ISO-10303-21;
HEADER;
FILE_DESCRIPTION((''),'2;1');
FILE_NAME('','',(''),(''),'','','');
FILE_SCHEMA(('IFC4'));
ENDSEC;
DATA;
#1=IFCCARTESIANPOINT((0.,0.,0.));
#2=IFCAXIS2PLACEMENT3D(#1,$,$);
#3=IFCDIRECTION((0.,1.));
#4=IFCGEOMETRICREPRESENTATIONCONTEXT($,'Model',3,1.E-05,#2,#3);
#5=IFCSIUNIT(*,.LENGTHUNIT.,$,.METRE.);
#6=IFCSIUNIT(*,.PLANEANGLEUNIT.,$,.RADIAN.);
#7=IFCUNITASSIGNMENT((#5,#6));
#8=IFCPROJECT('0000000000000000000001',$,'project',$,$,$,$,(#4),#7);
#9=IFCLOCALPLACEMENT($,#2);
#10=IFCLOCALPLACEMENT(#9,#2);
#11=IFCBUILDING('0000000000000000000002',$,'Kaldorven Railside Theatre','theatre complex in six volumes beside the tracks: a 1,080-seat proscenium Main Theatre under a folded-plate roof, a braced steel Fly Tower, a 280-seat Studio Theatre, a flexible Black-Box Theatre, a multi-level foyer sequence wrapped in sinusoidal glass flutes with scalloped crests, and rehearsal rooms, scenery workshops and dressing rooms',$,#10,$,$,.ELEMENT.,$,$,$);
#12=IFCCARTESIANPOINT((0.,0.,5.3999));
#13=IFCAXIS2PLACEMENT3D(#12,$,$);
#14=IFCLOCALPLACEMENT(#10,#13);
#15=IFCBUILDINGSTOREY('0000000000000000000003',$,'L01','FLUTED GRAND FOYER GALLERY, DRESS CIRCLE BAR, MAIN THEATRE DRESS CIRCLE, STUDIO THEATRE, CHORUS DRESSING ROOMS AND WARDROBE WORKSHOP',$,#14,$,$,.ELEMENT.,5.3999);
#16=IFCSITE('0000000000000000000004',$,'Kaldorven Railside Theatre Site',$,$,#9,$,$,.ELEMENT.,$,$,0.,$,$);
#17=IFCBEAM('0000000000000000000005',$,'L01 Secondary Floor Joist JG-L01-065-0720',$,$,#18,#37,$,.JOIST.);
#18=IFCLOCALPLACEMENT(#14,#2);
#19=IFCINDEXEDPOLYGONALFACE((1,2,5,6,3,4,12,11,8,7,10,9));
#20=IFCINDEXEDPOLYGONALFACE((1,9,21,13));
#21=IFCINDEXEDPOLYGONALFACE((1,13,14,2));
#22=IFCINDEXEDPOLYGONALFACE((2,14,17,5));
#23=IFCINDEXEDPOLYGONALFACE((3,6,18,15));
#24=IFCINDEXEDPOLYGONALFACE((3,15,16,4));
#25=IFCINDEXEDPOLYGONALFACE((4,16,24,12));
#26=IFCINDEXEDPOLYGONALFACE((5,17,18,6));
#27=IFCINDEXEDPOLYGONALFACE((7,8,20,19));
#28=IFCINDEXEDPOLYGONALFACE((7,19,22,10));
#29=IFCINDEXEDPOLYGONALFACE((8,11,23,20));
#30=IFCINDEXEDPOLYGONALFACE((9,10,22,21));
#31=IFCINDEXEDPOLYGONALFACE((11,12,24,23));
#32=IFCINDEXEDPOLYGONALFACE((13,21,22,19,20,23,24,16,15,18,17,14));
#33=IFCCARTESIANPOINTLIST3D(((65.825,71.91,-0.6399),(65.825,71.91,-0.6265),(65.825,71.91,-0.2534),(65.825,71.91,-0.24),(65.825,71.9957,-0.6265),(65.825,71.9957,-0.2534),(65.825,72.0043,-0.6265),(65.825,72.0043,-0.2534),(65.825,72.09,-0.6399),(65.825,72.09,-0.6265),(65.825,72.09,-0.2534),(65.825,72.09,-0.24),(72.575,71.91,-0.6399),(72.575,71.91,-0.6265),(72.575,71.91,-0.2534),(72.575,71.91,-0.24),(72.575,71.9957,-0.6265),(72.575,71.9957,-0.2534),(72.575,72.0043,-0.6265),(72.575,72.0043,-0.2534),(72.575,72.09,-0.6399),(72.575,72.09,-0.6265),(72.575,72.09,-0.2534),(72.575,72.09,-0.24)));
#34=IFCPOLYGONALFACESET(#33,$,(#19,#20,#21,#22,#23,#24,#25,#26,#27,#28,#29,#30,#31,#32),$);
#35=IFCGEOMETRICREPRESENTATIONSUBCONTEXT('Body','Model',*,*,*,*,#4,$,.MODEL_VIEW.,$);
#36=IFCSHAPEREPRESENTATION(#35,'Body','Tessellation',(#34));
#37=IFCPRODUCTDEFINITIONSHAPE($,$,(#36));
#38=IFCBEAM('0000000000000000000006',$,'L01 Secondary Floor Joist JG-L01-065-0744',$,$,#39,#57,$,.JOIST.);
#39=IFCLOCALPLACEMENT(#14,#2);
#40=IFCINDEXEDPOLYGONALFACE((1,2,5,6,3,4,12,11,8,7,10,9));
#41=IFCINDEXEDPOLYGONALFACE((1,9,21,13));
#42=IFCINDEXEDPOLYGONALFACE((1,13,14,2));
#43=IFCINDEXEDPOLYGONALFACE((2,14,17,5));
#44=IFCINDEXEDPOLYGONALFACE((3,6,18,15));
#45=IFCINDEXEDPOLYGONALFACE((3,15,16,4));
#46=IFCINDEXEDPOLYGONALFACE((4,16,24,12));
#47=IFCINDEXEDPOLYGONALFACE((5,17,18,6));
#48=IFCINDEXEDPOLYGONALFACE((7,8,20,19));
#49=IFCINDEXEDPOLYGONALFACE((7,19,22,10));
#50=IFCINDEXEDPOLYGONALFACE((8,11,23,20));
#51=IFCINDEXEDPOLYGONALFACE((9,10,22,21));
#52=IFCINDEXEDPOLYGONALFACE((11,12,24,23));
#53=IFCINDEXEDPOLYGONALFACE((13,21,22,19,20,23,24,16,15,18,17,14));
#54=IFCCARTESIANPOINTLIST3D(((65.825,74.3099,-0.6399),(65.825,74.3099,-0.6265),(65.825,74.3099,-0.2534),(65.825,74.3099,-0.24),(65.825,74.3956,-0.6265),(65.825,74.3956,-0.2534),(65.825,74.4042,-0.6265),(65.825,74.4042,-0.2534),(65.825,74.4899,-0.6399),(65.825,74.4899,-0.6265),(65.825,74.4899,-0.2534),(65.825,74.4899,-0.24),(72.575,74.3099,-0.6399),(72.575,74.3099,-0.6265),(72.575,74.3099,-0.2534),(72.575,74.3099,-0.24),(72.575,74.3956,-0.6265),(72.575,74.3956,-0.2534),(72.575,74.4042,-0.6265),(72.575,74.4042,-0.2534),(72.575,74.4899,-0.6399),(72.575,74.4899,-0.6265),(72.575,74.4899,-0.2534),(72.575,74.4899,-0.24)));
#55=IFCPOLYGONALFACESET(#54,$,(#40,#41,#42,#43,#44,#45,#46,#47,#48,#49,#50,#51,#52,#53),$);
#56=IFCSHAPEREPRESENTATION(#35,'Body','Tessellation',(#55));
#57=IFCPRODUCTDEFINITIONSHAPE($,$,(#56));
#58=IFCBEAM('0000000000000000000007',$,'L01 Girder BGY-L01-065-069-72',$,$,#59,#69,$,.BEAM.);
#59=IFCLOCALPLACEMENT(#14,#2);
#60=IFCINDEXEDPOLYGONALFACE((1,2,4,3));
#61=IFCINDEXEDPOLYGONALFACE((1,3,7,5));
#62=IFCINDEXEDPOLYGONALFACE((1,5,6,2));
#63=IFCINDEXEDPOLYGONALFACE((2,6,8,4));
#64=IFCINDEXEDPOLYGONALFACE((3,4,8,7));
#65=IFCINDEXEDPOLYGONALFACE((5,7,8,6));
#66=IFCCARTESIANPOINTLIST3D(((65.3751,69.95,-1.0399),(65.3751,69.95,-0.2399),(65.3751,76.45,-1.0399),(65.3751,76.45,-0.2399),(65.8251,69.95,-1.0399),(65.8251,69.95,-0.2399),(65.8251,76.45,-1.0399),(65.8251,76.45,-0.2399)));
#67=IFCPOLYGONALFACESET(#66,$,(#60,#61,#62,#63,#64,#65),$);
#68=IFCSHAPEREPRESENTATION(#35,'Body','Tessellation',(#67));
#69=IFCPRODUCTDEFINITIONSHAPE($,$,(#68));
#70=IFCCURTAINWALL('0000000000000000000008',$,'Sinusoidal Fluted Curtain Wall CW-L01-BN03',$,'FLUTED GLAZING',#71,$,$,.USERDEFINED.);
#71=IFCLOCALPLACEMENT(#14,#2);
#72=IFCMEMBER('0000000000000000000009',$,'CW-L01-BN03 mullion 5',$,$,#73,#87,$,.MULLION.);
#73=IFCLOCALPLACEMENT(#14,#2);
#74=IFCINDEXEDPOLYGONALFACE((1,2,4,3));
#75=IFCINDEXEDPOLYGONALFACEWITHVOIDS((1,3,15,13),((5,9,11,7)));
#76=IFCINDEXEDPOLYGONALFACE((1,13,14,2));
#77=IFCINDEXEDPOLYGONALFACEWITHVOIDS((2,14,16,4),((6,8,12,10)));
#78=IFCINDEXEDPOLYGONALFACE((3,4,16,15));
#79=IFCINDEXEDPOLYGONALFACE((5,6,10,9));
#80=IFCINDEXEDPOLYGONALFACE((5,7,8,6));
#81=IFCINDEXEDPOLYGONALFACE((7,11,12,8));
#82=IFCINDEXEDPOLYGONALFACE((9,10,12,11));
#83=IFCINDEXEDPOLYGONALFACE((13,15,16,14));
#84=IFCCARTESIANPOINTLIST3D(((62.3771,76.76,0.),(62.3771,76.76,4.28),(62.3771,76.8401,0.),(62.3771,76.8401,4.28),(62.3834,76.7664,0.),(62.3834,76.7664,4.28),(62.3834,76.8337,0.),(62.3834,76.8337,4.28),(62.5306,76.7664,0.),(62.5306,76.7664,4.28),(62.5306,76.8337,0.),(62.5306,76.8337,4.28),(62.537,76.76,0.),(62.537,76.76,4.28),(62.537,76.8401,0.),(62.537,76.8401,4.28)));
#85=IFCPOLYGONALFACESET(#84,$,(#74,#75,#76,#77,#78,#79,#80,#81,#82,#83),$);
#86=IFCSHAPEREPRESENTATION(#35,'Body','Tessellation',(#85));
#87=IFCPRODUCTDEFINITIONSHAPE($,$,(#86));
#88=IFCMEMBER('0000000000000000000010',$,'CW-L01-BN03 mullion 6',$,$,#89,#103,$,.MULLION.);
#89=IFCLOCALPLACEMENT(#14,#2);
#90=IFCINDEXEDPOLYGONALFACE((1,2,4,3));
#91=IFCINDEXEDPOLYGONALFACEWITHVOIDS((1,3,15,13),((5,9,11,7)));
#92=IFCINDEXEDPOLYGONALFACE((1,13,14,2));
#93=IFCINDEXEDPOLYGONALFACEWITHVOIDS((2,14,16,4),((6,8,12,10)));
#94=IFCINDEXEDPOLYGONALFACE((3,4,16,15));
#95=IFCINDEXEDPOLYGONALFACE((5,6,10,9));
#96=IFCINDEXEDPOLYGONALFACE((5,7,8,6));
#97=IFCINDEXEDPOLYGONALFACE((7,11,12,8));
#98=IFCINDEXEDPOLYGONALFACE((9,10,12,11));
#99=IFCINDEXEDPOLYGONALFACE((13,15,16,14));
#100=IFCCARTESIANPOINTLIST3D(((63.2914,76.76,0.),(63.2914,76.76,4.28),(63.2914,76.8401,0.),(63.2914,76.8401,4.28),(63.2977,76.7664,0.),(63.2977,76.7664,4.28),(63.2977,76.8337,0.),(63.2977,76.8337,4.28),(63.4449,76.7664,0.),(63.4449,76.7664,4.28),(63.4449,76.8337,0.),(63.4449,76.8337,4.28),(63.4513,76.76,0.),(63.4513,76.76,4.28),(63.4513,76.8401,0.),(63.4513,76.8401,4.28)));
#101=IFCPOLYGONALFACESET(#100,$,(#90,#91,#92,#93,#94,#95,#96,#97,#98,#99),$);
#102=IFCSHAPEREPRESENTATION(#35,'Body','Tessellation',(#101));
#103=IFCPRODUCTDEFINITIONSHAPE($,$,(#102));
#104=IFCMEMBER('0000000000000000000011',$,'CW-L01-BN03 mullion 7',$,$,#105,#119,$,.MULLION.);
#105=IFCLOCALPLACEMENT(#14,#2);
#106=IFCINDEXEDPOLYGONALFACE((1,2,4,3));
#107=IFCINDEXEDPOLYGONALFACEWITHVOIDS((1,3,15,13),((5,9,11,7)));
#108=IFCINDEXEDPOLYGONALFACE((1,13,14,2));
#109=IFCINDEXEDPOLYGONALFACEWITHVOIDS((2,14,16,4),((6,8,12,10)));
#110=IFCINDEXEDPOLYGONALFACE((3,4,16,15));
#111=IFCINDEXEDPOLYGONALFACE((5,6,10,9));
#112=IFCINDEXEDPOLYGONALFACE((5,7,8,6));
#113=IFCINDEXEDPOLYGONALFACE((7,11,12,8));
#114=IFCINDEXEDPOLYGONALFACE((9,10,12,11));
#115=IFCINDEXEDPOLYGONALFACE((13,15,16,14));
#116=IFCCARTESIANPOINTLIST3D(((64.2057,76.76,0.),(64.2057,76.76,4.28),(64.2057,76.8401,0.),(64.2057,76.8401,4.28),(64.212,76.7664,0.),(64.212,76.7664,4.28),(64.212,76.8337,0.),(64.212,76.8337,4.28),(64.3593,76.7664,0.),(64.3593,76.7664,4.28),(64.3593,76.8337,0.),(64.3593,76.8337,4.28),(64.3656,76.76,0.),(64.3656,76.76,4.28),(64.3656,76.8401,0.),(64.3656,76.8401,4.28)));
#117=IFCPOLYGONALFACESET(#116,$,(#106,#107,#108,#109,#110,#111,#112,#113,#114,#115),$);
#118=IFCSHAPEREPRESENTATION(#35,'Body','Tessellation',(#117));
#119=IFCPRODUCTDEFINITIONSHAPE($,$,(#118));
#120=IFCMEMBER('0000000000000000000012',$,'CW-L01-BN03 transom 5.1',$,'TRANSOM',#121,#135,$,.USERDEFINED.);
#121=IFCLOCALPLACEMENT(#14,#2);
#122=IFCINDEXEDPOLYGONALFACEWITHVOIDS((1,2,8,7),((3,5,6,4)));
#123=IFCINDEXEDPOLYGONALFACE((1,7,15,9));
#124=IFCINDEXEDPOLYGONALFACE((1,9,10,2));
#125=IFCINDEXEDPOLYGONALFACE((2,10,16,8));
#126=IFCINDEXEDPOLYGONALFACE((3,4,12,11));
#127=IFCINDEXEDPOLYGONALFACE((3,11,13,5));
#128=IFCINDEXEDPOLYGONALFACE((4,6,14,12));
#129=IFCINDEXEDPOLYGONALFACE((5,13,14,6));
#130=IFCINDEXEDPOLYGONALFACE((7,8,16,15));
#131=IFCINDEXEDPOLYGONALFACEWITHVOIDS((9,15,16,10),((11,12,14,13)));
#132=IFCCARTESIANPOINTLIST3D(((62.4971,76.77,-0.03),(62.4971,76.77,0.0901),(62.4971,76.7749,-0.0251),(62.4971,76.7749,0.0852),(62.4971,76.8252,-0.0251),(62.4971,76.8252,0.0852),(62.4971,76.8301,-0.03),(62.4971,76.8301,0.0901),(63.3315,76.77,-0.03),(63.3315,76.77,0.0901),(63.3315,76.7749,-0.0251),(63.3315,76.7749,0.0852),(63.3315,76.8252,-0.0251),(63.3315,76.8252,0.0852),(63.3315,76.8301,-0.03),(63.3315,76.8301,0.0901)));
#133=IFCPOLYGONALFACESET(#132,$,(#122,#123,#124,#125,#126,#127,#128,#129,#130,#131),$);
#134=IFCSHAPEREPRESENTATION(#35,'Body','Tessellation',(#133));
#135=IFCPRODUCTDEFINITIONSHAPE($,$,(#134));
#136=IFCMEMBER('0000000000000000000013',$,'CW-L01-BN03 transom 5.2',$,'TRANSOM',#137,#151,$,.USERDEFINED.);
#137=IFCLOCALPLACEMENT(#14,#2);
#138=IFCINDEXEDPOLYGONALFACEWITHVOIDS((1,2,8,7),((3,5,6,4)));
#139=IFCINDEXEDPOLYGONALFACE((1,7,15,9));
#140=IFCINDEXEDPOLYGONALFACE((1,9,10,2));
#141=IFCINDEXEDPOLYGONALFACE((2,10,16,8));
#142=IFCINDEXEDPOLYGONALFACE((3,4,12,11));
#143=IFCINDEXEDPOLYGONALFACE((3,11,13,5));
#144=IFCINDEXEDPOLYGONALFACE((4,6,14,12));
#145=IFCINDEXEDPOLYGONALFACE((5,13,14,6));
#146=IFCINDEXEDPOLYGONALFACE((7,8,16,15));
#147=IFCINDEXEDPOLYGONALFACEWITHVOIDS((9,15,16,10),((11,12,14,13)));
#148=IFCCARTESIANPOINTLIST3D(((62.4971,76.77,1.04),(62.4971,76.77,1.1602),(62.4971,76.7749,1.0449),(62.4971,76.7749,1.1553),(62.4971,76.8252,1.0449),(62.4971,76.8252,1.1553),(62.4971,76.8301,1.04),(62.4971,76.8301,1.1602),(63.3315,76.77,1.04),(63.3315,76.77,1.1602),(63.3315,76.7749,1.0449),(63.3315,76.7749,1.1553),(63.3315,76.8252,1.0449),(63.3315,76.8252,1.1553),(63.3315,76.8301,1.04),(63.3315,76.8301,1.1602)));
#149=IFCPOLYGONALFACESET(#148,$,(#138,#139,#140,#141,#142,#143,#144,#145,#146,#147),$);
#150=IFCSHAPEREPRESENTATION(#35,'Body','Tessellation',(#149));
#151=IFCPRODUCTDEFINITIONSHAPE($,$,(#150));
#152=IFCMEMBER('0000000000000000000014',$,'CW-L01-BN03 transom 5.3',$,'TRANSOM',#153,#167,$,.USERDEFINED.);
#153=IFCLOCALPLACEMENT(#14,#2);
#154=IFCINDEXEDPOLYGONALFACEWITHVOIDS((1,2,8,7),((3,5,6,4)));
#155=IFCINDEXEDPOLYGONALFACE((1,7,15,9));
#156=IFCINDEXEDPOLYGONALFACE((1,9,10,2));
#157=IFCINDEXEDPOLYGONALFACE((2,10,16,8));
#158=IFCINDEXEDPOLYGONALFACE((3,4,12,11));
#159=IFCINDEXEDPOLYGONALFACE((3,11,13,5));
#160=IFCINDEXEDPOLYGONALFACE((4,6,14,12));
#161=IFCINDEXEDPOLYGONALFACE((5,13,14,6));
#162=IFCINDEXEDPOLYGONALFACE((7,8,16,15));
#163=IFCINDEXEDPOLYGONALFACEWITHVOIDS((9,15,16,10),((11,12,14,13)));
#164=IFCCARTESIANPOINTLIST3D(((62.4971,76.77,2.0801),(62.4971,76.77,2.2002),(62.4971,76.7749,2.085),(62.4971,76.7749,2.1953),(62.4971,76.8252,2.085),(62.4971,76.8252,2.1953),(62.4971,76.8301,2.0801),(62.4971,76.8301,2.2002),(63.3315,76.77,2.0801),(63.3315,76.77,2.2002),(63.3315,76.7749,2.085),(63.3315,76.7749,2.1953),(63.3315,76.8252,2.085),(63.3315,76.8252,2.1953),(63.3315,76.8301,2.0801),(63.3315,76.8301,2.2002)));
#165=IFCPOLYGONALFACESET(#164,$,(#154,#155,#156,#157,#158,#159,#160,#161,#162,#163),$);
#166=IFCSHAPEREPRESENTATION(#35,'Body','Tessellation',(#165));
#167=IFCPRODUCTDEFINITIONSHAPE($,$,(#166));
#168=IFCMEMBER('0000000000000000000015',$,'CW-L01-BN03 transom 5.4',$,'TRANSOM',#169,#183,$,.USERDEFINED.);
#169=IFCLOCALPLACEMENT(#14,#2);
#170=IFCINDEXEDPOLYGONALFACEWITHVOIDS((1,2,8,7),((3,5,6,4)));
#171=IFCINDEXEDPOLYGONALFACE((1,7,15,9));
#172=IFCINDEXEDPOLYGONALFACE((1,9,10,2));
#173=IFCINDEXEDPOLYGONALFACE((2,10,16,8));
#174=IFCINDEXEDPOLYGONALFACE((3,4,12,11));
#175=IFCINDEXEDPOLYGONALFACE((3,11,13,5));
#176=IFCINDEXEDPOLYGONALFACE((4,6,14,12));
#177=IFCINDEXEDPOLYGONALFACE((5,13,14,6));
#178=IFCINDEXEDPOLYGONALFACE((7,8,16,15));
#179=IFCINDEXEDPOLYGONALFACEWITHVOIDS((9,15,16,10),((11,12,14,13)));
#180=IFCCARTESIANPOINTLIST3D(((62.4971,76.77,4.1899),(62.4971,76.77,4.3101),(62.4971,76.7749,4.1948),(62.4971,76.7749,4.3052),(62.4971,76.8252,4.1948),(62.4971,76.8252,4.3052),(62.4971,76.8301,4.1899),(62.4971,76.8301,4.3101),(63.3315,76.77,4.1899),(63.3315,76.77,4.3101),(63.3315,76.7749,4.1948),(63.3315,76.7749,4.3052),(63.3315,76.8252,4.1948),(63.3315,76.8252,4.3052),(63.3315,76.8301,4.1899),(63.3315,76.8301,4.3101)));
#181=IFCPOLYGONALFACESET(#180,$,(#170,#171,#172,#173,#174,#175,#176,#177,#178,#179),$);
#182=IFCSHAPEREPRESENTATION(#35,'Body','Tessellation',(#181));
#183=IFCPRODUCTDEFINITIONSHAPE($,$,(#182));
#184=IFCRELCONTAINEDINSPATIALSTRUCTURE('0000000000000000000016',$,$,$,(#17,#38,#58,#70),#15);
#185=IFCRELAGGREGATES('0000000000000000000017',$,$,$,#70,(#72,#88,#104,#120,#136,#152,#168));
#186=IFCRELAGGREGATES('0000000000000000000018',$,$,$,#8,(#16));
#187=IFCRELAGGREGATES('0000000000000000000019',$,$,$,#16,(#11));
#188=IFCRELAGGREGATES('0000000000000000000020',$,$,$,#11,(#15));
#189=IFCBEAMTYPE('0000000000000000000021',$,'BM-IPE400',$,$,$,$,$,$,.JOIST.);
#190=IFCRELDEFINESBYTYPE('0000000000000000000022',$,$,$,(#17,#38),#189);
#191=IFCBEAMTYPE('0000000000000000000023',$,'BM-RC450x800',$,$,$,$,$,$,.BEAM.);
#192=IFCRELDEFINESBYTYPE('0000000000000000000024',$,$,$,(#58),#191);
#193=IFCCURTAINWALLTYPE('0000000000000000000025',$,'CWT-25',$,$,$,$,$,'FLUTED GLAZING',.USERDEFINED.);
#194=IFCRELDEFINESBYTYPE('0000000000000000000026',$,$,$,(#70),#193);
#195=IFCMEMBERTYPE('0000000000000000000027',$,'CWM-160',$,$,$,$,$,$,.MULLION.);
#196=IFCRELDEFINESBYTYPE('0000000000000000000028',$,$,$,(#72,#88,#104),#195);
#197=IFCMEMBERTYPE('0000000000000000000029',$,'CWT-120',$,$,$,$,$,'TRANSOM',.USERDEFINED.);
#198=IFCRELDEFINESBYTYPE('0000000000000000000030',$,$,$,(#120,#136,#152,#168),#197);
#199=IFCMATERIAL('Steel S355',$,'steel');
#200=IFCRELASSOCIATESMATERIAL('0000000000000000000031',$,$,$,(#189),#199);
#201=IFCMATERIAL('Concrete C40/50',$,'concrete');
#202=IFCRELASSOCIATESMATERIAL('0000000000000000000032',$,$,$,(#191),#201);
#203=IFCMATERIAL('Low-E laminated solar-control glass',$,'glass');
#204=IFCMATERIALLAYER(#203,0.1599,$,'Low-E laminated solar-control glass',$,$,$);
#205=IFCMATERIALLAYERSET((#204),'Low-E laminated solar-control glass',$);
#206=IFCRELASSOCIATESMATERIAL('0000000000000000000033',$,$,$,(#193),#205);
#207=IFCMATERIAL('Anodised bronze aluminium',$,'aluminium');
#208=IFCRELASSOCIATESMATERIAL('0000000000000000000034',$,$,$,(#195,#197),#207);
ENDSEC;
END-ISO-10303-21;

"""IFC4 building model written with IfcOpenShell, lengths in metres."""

from ifc_helpers import new_model, si_unit, direction, frame, origin, origin_2d, place, context, subcontext, project, spatial, rectangle, hollow_rectangle, i_section, extrude, material, layer, layer_set, material_profile, profile_set, type_object, element, aggregate, save


model = new_model("IFC4")

# Units and contexts
model_context = context("Model", 3, precision=1e-05, world=origin(), true_north=direction((0.0, 1.0)))
body_context = subcontext(model_context, "Body", "Model", "MODEL_VIEW")
ifc_project = project(units=[si_unit("LENGTHUNIT", "METRE"), si_unit("PLANEANGLEUNIT", "RADIAN")], contexts=[model_context])

# Site, building, storey
site_placement = place(None, origin())
site = spatial("IfcSite", under=ifc_project, at=site_placement, Name="Kaldorven Railside Theatre Site", CompositionType="ELEMENT", RefElevation=0.0)
building_placement = place(site_placement, origin())
building = spatial("IfcBuilding", under=site, at=building_placement, Name="Kaldorven Railside Theatre", Description="theatre complex in six volumes beside the tracks: a 1,080-seat proscenium Main Theatre under a folded-plate roof, a braced steel Fly Tower, a 280-seat Studio Theatre, a flexible Black-Box Theatre, a multi-level foyer sequence wrapped in sinusoidal glass flutes with scalloped crests, and rehearsal rooms, scenery workshops and dressing rooms", CompositionType="ELEMENT")
storey_placement = place(building_placement, frame((0.0, 0.0, 5.3999)))
storey = spatial("IfcBuildingStorey", under=building, at=storey_placement, Name="L01", Description="FLUTED GRAND FOYER GALLERY, DRESS CIRCLE BAR, MAIN THEATRE DRESS CIRCLE, STUDIO THEATRE, CHORUS DRESSING ROOMS AND WARDROBE WORKSHOP", CompositionType="ELEMENT", Elevation=5.3999)

# Beams
ifc_material_1 = material(Name="Steel S355", Category="steel")
ifc_material_profile_1 = material_profile(ifc_material_1, i_section(OverallWidth=0.1799, OverallDepth=0.3999, WebThickness=0.0085, FlangeThickness=0.0134, at=origin_2d()), Name="IPE 400")
ifc_profile_set_1 = profile_set([ifc_material_profile_1], Name="Steel S355")
beam_type_1 = type_object("IfcBeamType", Name="BM-IPE400", PredefinedType="JOIST", material=ifc_profile_set_1)
for number, where, z_axis, x_axis, name in (
    (1, (65.825, 72.0, -0.4399), (1.0, 0.0, 0.0), (0.0, 1.0, 0.0), "L01 Secondary Floor Joist JG-L01-065-0720"),
    (2, (65.825, 74.3999, -0.4399), (1.0, 0.0, 0.0), (0.0, 1.0, 0.0), "L01 Secondary Floor Joist JG-L01-065-0744"),
):
    element("IfcBeam", number, at=place(storey_placement, frame(where, z_axis=z_axis, x_axis=x_axis)), inside=storey, type_object=beam_type_1, Name=name, PredefinedType="JOIST", context=body_context, shape_type="SweptSolid", body=[
        extrude(i_section(OverallWidth=0.1799, OverallDepth=0.3999, WebThickness=0.0085, FlangeThickness=0.0134, at=origin_2d()), origin(), (0.0, 0.0, 1.0), 6.75),
    ])
ifc_material_2 = material(Name="Concrete C40/50", Category="concrete")
ifc_material_profile_2 = material_profile(ifc_material_2, rectangle(XDim=0.45, YDim=0.8, at=origin_2d()), Name="RC 450x800")
ifc_profile_set_2 = profile_set([ifc_material_profile_2], Name="Concrete C40/50")
beam_type_2 = type_object("IfcBeamType", Name="BM-RC450x800", PredefinedType="BEAM", material=ifc_profile_set_2)
beam_placement = place(storey_placement, frame((65.6001, 69.95, -0.6399), z_axis=(0.0, 1.0, 0.0), x_axis=(-1.0, 0.0, 0.0)))
element("IfcBeam", 3, at=beam_placement, inside=storey, type_object=beam_type_2, Name="L01 Girder BGY-L01-065-069-72", PredefinedType="BEAM", context=body_context, shape_type="SweptSolid", body=[
    extrude(rectangle(XDim=0.45, YDim=0.8, at=origin_2d()), origin(), (0.0, 0.0, 1.0), 6.5),
])

# Curtain wall, members
ifc_material_3 = material(Name="Low-E laminated solar-control glass", Category="glass")
ifc_layer_1 = layer(ifc_material_3, 0.1599, Name="Low-E laminated solar-control glass")
ifc_layer_set_1 = layer_set([ifc_layer_1], Name="Low-E laminated solar-control glass")
curtain_wall_type = type_object("IfcCurtainWallType", Name="CWT-25", ElementType="FLUTED GLAZING", PredefinedType="USERDEFINED", material=ifc_layer_set_1)
curtain_wall_placement = place(storey_placement, origin())
curtain_wall = element("IfcCurtainWall", 4, at=curtain_wall_placement, inside=storey, type_object=curtain_wall_type, Name="Sinusoidal Fluted Curtain Wall CW-L01-BN03", ObjectType="FLUTED GLAZING", PredefinedType="USERDEFINED")
ifc_material_4 = material(Name="Anodised bronze aluminium", Category="aluminium")
ifc_material_profile_3 = material_profile(ifc_material_4, hollow_rectangle(XDim=0.0801, YDim=0.1599, WallThickness=0.0063, at=origin_2d()), Name="RHS 160x80x6.3")
ifc_profile_set_3 = profile_set([ifc_material_profile_3], Name="Anodised bronze aluminium")
member_type_1 = type_object("IfcMemberType", Name="CWM-160", PredefinedType="MULLION", material=ifc_profile_set_3)
member_1_placement = place(storey_placement, frame((62.457, 76.8, 0.0), z_axis=(0.0, 0.0, 1.0), x_axis=(0.0, 1.0, 0.0)))
member_1 = element("IfcMember", 5, at=member_1_placement, type_object=member_type_1, Name="CW-L01-BN03 mullion 5", PredefinedType="MULLION", context=body_context, shape_type="SweptSolid", body=[
    extrude(hollow_rectangle(XDim=0.0801, YDim=0.1599, WallThickness=0.0063, at=origin_2d()), origin(), (0.0, 0.0, 1.0), 4.28),
])
member_2_placement = place(storey_placement, frame((63.3713, 76.8, 0.0), z_axis=(0.0, 0.0, 1.0), x_axis=(0.0, 1.0, 0.0)))
member_2 = element("IfcMember", 6, at=member_2_placement, type_object=member_type_1, Name="CW-L01-BN03 mullion 6", PredefinedType="MULLION", context=body_context, shape_type="SweptSolid", body=[
    extrude(hollow_rectangle(XDim=0.0801, YDim=0.1599, WallThickness=0.0063, at=origin_2d()), origin(), (0.0, 0.0, 1.0), 4.28),
])
member_3_placement = place(storey_placement, frame((64.2856, 76.8, 0.0), z_axis=(0.0, 0.0, 1.0), x_axis=(0.0, 1.0, 0.0)))
member_3 = element("IfcMember", 7, at=member_3_placement, type_object=member_type_1, Name="CW-L01-BN03 mullion 7", PredefinedType="MULLION", context=body_context, shape_type="SweptSolid", body=[
    extrude(hollow_rectangle(XDim=0.0801, YDim=0.1599, WallThickness=0.0063, at=origin_2d()), origin(), (0.0, 0.0, 1.0), 4.28),
])
ifc_material_profile_4 = material_profile(ifc_material_4, hollow_rectangle(XDim=0.0601, YDim=0.1201, WallThickness=0.0049, at=origin_2d()), Name="RHS 120x60x5")
ifc_profile_set_4 = profile_set([ifc_material_profile_4], Name="Anodised bronze aluminium")
member_type_2 = type_object("IfcMemberType", Name="CWT-120", ElementType="TRANSOM", PredefinedType="USERDEFINED", material=ifc_profile_set_4)
member_4_placement = place(storey_placement, frame((62.4971, 76.8, 0.03), z_axis=(1.0, 0.0, 0.0), x_axis=(0.0, 1.0, 0.0)))
member_4 = element("IfcMember", 8, at=member_4_placement, type_object=member_type_2, Name="CW-L01-BN03 transom 5.1", ObjectType="TRANSOM", PredefinedType="USERDEFINED", context=body_context, shape_type="SweptSolid", body=[
    extrude(hollow_rectangle(XDim=0.0601, YDim=0.1201, WallThickness=0.0049, at=origin_2d()), origin(), (0.0, 0.0, 1.0), 0.8345),
])
member_5_placement = place(storey_placement, frame((62.4971, 76.8, 1.1001), z_axis=(1.0, 0.0, 0.0), x_axis=(0.0, 1.0, 0.0)))
member_5 = element("IfcMember", 9, at=member_5_placement, type_object=member_type_2, Name="CW-L01-BN03 transom 5.2", ObjectType="TRANSOM", PredefinedType="USERDEFINED", context=body_context, shape_type="SweptSolid", body=[
    extrude(hollow_rectangle(XDim=0.0601, YDim=0.1201, WallThickness=0.0049, at=origin_2d()), origin(), (0.0, 0.0, 1.0), 0.8345),
])
member_6_placement = place(storey_placement, frame((62.4971, 76.8, 2.1401), z_axis=(1.0, 0.0, 0.0), x_axis=(0.0, 1.0, 0.0)))
member_6 = element("IfcMember", 10, at=member_6_placement, type_object=member_type_2, Name="CW-L01-BN03 transom 5.3", ObjectType="TRANSOM", PredefinedType="USERDEFINED", context=body_context, shape_type="SweptSolid", body=[
    extrude(hollow_rectangle(XDim=0.0601, YDim=0.1201, WallThickness=0.0049, at=origin_2d()), origin(), (0.0, 0.0, 1.0), 0.8345),
])
member_7_placement = place(storey_placement, frame((62.4971, 76.8, 4.25), z_axis=(1.0, 0.0, 0.0), x_axis=(0.0, 1.0, 0.0)))
member_7 = element("IfcMember", 11, at=member_7_placement, type_object=member_type_2, Name="CW-L01-BN03 transom 5.4", ObjectType="TRANSOM", PredefinedType="USERDEFINED", context=body_context, shape_type="SweptSolid", body=[
    extrude(hollow_rectangle(XDim=0.0601, YDim=0.1201, WallThickness=0.0049, at=origin_2d()), origin(), (0.0, 0.0, 1.0), 0.8345),
])
aggregate(curtain_wall, [member_1, member_2, member_3, member_4, member_5, member_6, member_7])

save(model, "model.ifc")
